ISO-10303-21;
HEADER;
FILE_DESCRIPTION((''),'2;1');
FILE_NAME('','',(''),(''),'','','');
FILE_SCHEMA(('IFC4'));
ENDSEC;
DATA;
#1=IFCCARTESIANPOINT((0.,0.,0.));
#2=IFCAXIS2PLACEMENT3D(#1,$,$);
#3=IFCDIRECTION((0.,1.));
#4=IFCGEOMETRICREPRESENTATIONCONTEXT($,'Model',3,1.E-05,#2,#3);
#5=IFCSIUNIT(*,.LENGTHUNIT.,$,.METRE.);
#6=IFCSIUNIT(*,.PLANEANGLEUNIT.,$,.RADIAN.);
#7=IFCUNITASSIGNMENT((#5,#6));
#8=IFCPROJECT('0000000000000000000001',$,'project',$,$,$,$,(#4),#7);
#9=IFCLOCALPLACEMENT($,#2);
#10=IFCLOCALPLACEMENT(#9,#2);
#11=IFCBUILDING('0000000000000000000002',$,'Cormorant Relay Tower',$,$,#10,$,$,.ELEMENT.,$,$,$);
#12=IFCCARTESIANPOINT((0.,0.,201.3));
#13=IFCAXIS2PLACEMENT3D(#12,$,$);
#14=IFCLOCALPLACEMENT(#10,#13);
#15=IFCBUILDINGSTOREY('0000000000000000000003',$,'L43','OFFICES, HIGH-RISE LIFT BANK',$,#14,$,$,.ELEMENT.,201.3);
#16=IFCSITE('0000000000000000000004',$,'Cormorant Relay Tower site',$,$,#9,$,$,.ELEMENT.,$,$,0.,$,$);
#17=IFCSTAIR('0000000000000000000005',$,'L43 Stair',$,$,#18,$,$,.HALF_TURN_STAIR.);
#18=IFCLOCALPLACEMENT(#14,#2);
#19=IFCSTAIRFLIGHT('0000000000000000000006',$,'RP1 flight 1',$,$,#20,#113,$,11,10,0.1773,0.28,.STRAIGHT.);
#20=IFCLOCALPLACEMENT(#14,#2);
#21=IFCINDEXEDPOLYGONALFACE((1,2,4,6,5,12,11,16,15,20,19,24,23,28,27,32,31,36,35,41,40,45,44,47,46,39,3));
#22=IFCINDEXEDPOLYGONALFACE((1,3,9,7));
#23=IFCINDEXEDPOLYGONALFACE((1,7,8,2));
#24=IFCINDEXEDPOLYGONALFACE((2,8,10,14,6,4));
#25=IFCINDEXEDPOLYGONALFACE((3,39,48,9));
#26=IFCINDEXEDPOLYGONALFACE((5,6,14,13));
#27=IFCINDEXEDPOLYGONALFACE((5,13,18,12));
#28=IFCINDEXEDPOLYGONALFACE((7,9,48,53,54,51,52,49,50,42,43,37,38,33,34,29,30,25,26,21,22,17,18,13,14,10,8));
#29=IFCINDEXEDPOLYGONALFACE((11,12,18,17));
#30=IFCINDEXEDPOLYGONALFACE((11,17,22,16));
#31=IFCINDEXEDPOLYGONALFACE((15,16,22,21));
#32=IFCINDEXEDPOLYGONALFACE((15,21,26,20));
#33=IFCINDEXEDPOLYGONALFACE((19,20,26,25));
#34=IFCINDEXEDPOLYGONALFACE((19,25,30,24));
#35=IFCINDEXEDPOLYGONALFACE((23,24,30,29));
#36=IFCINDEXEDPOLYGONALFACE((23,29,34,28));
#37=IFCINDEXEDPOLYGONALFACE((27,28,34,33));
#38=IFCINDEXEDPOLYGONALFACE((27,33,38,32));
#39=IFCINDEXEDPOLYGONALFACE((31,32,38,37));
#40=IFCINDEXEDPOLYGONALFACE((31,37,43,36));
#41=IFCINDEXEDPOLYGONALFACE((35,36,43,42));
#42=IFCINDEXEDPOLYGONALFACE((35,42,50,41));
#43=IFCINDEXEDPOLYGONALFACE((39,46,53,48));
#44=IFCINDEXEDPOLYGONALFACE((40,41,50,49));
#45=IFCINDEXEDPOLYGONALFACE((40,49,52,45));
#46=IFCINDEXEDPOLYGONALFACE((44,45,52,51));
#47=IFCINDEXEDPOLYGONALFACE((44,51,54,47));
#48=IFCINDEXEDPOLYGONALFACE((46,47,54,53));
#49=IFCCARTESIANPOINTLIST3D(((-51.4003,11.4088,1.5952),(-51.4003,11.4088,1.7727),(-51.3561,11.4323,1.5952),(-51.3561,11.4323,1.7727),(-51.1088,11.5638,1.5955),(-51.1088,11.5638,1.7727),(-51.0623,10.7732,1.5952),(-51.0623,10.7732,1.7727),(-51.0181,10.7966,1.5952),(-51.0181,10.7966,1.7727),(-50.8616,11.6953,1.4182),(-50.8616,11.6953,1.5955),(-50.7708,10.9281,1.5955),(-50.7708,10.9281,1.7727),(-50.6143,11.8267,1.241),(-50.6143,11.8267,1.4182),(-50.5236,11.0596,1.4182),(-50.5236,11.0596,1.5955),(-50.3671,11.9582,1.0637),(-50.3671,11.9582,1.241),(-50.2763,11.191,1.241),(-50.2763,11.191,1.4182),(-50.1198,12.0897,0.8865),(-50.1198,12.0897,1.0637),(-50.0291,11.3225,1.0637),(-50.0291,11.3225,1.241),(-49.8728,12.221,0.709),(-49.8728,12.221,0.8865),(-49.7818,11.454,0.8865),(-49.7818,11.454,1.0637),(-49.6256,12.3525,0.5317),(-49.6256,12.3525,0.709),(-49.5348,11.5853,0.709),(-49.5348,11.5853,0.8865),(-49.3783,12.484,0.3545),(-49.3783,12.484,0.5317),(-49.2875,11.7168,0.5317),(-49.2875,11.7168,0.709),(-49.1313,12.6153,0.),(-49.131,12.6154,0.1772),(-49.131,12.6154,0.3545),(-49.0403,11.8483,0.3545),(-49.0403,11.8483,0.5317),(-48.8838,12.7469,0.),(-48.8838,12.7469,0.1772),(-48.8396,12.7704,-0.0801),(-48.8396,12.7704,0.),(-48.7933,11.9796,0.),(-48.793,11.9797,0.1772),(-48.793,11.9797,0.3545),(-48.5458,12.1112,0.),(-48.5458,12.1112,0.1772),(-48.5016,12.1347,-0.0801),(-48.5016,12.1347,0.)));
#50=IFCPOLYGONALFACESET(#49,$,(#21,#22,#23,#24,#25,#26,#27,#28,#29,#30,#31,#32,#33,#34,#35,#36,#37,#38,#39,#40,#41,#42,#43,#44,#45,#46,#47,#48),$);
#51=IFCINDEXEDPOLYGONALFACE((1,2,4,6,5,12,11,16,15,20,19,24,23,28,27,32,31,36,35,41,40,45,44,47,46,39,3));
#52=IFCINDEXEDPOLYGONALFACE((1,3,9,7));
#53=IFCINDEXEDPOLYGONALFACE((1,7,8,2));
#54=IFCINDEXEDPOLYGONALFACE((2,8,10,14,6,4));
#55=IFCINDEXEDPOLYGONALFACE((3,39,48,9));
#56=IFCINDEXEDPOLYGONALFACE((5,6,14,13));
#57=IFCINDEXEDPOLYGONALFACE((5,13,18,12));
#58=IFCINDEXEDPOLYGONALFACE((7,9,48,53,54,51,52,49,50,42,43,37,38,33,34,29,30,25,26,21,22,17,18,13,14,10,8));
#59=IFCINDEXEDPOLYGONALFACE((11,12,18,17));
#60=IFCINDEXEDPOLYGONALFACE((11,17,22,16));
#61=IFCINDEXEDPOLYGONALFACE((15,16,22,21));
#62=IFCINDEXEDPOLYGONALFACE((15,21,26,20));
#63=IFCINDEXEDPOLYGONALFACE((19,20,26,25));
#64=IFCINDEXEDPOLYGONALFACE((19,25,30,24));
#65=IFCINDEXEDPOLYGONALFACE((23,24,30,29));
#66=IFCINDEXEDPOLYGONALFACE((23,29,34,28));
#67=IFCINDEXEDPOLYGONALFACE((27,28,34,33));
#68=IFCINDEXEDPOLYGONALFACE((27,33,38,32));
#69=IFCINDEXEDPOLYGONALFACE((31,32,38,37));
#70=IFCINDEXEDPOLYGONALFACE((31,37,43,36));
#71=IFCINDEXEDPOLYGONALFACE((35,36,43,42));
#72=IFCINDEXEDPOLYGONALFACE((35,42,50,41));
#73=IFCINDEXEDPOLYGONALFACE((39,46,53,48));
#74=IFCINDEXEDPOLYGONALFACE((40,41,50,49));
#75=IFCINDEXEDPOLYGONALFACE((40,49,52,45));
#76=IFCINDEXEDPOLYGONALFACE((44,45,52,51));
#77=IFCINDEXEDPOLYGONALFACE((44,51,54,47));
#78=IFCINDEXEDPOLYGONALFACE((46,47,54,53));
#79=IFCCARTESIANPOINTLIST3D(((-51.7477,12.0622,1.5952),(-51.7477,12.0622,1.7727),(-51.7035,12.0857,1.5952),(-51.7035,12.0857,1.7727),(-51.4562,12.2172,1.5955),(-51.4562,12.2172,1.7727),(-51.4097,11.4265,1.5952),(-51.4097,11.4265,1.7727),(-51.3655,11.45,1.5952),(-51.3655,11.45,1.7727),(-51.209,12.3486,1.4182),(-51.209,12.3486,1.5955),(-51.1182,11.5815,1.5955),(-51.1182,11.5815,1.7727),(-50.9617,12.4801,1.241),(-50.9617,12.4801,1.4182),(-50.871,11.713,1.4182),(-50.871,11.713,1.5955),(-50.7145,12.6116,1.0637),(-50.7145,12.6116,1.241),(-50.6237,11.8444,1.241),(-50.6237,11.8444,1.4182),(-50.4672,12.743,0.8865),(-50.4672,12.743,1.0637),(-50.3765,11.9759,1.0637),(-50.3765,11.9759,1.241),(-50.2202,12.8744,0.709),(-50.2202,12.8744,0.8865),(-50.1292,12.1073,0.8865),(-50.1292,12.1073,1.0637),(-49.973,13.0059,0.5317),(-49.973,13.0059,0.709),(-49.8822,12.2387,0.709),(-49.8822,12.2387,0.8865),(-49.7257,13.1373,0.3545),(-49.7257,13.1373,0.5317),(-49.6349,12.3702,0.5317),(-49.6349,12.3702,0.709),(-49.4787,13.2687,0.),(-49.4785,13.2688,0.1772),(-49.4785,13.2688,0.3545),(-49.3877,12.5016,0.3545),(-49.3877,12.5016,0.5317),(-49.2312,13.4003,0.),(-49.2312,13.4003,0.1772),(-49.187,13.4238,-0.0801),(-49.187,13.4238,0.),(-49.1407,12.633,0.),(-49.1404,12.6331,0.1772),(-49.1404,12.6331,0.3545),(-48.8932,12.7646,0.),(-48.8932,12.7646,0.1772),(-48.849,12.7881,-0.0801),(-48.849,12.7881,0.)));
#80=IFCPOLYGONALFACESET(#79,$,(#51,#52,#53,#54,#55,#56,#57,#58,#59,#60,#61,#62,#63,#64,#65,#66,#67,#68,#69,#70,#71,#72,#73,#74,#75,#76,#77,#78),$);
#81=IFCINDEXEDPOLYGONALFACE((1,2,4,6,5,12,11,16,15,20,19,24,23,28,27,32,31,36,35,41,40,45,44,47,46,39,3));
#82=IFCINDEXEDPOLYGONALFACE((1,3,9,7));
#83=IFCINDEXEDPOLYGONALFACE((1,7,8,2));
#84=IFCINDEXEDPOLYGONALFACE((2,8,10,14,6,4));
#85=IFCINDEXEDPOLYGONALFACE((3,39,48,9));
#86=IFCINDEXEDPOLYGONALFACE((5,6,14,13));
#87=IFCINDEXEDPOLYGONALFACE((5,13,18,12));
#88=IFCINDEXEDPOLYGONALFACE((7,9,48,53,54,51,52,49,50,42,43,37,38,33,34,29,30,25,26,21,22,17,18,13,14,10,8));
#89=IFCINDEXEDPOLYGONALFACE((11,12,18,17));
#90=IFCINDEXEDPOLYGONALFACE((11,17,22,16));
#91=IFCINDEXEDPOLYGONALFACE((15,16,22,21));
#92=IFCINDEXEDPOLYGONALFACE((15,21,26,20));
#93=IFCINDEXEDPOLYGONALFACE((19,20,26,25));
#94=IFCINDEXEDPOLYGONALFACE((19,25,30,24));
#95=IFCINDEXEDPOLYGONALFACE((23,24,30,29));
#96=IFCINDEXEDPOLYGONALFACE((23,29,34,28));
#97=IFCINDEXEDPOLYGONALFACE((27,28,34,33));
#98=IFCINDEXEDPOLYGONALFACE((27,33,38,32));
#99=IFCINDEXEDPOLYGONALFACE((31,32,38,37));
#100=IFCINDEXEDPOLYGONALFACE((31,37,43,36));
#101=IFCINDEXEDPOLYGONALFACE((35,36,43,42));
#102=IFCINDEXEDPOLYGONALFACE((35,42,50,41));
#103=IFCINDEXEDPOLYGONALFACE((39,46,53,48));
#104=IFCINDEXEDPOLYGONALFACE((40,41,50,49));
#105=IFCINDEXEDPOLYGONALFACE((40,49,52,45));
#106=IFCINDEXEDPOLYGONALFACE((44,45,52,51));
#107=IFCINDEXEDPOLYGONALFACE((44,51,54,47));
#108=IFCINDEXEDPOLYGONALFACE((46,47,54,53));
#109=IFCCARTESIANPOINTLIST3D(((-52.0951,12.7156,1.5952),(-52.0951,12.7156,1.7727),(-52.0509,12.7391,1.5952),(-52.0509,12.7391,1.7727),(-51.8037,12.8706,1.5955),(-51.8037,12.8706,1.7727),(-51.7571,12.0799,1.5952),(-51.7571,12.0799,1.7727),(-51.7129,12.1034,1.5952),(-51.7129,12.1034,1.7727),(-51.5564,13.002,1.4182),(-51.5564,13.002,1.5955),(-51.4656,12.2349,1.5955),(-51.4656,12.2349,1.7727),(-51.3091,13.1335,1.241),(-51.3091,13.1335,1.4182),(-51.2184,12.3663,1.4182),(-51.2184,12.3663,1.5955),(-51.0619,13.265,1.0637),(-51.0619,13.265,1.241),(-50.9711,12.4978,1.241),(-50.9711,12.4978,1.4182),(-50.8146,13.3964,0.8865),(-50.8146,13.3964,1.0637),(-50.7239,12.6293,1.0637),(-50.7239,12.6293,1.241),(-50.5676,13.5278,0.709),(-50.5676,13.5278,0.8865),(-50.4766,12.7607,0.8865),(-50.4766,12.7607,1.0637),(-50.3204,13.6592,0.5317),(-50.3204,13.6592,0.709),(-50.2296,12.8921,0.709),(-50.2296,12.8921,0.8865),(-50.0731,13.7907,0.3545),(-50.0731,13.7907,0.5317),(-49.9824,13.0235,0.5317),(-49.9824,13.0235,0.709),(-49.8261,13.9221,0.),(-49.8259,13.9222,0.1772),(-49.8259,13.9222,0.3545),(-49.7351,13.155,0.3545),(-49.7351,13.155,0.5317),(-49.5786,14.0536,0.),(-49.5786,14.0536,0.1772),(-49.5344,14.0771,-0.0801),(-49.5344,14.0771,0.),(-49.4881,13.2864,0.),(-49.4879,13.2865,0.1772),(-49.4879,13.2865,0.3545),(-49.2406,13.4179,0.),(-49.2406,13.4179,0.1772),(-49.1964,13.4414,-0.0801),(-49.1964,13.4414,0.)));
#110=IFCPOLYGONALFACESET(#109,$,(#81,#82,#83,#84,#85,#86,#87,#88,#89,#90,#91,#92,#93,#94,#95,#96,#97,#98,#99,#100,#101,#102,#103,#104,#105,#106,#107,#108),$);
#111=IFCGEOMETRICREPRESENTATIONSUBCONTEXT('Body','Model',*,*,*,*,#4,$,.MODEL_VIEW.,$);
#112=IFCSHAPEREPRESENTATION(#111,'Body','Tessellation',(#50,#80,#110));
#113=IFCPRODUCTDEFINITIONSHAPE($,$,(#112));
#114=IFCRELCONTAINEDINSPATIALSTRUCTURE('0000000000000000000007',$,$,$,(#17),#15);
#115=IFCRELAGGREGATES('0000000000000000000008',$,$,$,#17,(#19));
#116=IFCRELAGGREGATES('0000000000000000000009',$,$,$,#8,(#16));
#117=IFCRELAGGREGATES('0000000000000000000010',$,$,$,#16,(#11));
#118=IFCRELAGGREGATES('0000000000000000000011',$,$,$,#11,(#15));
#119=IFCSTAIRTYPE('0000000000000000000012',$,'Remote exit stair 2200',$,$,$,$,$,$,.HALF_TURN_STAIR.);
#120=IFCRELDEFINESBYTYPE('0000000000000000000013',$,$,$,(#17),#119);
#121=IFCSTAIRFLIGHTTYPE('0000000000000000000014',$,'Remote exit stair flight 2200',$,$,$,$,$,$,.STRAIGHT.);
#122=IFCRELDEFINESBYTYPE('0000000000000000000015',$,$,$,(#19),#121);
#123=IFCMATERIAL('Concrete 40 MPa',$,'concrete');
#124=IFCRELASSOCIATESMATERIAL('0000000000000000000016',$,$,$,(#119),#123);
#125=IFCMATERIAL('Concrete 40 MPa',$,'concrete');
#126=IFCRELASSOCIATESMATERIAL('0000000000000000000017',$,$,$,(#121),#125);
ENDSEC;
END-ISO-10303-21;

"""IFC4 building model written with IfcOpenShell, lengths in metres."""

from ifc_helpers import new_model, si_unit, direction, frame, origin, place, context, subcontext, project, spatial, polyline, outline, extrude, material, type_object, element, aggregate, save


model = new_model("IFC4")

# Units and contexts
model_context = context("Model", 3, precision=1e-05, world=origin(), true_north=direction((0.0, 1.0)))
body_context = subcontext(model_context, "Body", "Model", "MODEL_VIEW")
ifc_project = project(units=[si_unit("LENGTHUNIT", "METRE"), si_unit("PLANEANGLEUNIT", "RADIAN")], contexts=[model_context])

# Site, building, storey
site_placement = place(None, origin())
site = spatial("IfcSite", under=ifc_project, at=site_placement, Name="Cormorant Relay Tower site", CompositionType="ELEMENT", RefElevation=0.0)
building_placement = place(site_placement, origin())
building = spatial("IfcBuilding", under=site, at=building_placement, Name="Cormorant Relay Tower", CompositionType="ELEMENT")
storey_placement = place(building_placement, frame((0.0, 0.0, 201.3)))
storey = spatial("IfcBuildingStorey", under=building, at=storey_placement, Name="L43", Description="OFFICES, HIGH-RISE LIFT BANK", CompositionType="ELEMENT", Elevation=201.3)

# Stair, stair flight
ifc_material_1 = material(Name="Concrete 40 MPa", Category="concrete")
stair_type = type_object("IfcStairType", Name="Remote exit stair 2200", PredefinedType="HALF_TURN_STAIR", material=ifc_material_1)
stair_placement = place(storey_placement, origin())
stair = element("IfcStair", 1, at=stair_placement, inside=storey, type_object=stair_type, Name="L43 Stair", PredefinedType="HALF_TURN_STAIR")
ifc_material_2 = material(Name="Concrete 40 MPa", Category="concrete")
stair_flight_type = type_object("IfcStairFlightType", Name="Remote exit stair flight 2200", PredefinedType="STRAIGHT", material=ifc_material_2)
stair_flight_1_placement = place(storey_placement, frame((-49.0623, 13.0825, 0.0), z_axis=(0.0, 0.0, 1.0), x_axis=(-0.882948, -0.469472, 0.0)))
stair_flight_1 = element("IfcStairFlight", 2, at=stair_flight_1_placement, type_object=stair_flight_type, Name="RP1 flight 1", NumberOfRisers=11, NumberOfTreads=10, PredefinedType="STRAIGHT", RiserHeight=0.1773, TreadLength=0.28, context=body_context, shape_type="SweptSolid", body=[
    extrude(outline(polyline([(-0.05, -0.0801), (-0.05, 0.0), (0.0, 0.0), (0.0, 0.1772), (0.28, 0.1772), (0.28, 0.3545), (0.5601, 0.3545), (0.5601, 0.5317), (0.8401, 0.5317), (0.8401, 0.709), (1.1201, 0.709), (1.1201, 0.8865), (1.3999, 0.8865), (1.3999, 1.0637), (1.6799, 1.0637), (1.6799, 1.241), (1.96, 1.241), (1.96, 1.4182), (2.24, 1.4182), (2.24, 1.5955), (2.52, 1.5955), (2.52, 1.7727), (2.8, 1.7727), (2.8501, 1.7727), (2.8501, 1.5952), (2.8, 1.5952), (0.2803, 0.0), (-0.05, -0.0801)])), frame((0.0, 1.1001, 0.0), z_axis=(0.0, -1.0, 0.0), x_axis=(1.0, 0.0, 0.0)), (0.0, 0.0, 1.0), 0.72),
    extrude(outline(polyline([(-0.05, -0.0801), (-0.05, 0.0), (0.0, 0.0), (0.0, 0.1772), (0.28, 0.1772), (0.28, 0.3545), (0.5601, 0.3545), (0.5601, 0.5317), (0.8401, 0.5317), (0.8401, 0.709), (1.1201, 0.709), (1.1201, 0.8865), (1.3999, 0.8865), (1.3999, 1.0637), (1.6799, 1.0637), (1.6799, 1.241), (1.96, 1.241), (1.96, 1.4182), (2.24, 1.4182), (2.24, 1.5955), (2.52, 1.5955), (2.52, 1.7727), (2.8, 1.7727), (2.8501, 1.7727), (2.8501, 1.5952), (2.8, 1.5952), (0.2803, 0.0), (-0.05, -0.0801)])), frame((0.0, 0.3601, 0.0), z_axis=(0.0, -1.0, 0.0), x_axis=(1.0, 0.0, 0.0)), (0.0, 0.0, 1.0), 0.72),
    extrude(outline(polyline([(-0.05, -0.0801), (-0.05, 0.0), (0.0, 0.0), (0.0, 0.1772), (0.28, 0.1772), (0.28, 0.3545), (0.5601, 0.3545), (0.5601, 0.5317), (0.8401, 0.5317), (0.8401, 0.709), (1.1201, 0.709), (1.1201, 0.8865), (1.3999, 0.8865), (1.3999, 1.0637), (1.6799, 1.0637), (1.6799, 1.241), (1.96, 1.241), (1.96, 1.4182), (2.24, 1.4182), (2.24, 1.5955), (2.52, 1.5955), (2.52, 1.7727), (2.8, 1.7727), (2.8501, 1.7727), (2.8501, 1.5952), (2.8, 1.5952), (0.2803, 0.0), (-0.05, -0.0801)])), frame((0.0, -0.3799, 0.0), z_axis=(0.0, -1.0, 0.0), x_axis=(1.0, 0.0, 0.0)), (0.0, 0.0, 1.0), 0.72),
])
aggregate(stair, [stair_flight_1])

save(model, "model.ifc")
